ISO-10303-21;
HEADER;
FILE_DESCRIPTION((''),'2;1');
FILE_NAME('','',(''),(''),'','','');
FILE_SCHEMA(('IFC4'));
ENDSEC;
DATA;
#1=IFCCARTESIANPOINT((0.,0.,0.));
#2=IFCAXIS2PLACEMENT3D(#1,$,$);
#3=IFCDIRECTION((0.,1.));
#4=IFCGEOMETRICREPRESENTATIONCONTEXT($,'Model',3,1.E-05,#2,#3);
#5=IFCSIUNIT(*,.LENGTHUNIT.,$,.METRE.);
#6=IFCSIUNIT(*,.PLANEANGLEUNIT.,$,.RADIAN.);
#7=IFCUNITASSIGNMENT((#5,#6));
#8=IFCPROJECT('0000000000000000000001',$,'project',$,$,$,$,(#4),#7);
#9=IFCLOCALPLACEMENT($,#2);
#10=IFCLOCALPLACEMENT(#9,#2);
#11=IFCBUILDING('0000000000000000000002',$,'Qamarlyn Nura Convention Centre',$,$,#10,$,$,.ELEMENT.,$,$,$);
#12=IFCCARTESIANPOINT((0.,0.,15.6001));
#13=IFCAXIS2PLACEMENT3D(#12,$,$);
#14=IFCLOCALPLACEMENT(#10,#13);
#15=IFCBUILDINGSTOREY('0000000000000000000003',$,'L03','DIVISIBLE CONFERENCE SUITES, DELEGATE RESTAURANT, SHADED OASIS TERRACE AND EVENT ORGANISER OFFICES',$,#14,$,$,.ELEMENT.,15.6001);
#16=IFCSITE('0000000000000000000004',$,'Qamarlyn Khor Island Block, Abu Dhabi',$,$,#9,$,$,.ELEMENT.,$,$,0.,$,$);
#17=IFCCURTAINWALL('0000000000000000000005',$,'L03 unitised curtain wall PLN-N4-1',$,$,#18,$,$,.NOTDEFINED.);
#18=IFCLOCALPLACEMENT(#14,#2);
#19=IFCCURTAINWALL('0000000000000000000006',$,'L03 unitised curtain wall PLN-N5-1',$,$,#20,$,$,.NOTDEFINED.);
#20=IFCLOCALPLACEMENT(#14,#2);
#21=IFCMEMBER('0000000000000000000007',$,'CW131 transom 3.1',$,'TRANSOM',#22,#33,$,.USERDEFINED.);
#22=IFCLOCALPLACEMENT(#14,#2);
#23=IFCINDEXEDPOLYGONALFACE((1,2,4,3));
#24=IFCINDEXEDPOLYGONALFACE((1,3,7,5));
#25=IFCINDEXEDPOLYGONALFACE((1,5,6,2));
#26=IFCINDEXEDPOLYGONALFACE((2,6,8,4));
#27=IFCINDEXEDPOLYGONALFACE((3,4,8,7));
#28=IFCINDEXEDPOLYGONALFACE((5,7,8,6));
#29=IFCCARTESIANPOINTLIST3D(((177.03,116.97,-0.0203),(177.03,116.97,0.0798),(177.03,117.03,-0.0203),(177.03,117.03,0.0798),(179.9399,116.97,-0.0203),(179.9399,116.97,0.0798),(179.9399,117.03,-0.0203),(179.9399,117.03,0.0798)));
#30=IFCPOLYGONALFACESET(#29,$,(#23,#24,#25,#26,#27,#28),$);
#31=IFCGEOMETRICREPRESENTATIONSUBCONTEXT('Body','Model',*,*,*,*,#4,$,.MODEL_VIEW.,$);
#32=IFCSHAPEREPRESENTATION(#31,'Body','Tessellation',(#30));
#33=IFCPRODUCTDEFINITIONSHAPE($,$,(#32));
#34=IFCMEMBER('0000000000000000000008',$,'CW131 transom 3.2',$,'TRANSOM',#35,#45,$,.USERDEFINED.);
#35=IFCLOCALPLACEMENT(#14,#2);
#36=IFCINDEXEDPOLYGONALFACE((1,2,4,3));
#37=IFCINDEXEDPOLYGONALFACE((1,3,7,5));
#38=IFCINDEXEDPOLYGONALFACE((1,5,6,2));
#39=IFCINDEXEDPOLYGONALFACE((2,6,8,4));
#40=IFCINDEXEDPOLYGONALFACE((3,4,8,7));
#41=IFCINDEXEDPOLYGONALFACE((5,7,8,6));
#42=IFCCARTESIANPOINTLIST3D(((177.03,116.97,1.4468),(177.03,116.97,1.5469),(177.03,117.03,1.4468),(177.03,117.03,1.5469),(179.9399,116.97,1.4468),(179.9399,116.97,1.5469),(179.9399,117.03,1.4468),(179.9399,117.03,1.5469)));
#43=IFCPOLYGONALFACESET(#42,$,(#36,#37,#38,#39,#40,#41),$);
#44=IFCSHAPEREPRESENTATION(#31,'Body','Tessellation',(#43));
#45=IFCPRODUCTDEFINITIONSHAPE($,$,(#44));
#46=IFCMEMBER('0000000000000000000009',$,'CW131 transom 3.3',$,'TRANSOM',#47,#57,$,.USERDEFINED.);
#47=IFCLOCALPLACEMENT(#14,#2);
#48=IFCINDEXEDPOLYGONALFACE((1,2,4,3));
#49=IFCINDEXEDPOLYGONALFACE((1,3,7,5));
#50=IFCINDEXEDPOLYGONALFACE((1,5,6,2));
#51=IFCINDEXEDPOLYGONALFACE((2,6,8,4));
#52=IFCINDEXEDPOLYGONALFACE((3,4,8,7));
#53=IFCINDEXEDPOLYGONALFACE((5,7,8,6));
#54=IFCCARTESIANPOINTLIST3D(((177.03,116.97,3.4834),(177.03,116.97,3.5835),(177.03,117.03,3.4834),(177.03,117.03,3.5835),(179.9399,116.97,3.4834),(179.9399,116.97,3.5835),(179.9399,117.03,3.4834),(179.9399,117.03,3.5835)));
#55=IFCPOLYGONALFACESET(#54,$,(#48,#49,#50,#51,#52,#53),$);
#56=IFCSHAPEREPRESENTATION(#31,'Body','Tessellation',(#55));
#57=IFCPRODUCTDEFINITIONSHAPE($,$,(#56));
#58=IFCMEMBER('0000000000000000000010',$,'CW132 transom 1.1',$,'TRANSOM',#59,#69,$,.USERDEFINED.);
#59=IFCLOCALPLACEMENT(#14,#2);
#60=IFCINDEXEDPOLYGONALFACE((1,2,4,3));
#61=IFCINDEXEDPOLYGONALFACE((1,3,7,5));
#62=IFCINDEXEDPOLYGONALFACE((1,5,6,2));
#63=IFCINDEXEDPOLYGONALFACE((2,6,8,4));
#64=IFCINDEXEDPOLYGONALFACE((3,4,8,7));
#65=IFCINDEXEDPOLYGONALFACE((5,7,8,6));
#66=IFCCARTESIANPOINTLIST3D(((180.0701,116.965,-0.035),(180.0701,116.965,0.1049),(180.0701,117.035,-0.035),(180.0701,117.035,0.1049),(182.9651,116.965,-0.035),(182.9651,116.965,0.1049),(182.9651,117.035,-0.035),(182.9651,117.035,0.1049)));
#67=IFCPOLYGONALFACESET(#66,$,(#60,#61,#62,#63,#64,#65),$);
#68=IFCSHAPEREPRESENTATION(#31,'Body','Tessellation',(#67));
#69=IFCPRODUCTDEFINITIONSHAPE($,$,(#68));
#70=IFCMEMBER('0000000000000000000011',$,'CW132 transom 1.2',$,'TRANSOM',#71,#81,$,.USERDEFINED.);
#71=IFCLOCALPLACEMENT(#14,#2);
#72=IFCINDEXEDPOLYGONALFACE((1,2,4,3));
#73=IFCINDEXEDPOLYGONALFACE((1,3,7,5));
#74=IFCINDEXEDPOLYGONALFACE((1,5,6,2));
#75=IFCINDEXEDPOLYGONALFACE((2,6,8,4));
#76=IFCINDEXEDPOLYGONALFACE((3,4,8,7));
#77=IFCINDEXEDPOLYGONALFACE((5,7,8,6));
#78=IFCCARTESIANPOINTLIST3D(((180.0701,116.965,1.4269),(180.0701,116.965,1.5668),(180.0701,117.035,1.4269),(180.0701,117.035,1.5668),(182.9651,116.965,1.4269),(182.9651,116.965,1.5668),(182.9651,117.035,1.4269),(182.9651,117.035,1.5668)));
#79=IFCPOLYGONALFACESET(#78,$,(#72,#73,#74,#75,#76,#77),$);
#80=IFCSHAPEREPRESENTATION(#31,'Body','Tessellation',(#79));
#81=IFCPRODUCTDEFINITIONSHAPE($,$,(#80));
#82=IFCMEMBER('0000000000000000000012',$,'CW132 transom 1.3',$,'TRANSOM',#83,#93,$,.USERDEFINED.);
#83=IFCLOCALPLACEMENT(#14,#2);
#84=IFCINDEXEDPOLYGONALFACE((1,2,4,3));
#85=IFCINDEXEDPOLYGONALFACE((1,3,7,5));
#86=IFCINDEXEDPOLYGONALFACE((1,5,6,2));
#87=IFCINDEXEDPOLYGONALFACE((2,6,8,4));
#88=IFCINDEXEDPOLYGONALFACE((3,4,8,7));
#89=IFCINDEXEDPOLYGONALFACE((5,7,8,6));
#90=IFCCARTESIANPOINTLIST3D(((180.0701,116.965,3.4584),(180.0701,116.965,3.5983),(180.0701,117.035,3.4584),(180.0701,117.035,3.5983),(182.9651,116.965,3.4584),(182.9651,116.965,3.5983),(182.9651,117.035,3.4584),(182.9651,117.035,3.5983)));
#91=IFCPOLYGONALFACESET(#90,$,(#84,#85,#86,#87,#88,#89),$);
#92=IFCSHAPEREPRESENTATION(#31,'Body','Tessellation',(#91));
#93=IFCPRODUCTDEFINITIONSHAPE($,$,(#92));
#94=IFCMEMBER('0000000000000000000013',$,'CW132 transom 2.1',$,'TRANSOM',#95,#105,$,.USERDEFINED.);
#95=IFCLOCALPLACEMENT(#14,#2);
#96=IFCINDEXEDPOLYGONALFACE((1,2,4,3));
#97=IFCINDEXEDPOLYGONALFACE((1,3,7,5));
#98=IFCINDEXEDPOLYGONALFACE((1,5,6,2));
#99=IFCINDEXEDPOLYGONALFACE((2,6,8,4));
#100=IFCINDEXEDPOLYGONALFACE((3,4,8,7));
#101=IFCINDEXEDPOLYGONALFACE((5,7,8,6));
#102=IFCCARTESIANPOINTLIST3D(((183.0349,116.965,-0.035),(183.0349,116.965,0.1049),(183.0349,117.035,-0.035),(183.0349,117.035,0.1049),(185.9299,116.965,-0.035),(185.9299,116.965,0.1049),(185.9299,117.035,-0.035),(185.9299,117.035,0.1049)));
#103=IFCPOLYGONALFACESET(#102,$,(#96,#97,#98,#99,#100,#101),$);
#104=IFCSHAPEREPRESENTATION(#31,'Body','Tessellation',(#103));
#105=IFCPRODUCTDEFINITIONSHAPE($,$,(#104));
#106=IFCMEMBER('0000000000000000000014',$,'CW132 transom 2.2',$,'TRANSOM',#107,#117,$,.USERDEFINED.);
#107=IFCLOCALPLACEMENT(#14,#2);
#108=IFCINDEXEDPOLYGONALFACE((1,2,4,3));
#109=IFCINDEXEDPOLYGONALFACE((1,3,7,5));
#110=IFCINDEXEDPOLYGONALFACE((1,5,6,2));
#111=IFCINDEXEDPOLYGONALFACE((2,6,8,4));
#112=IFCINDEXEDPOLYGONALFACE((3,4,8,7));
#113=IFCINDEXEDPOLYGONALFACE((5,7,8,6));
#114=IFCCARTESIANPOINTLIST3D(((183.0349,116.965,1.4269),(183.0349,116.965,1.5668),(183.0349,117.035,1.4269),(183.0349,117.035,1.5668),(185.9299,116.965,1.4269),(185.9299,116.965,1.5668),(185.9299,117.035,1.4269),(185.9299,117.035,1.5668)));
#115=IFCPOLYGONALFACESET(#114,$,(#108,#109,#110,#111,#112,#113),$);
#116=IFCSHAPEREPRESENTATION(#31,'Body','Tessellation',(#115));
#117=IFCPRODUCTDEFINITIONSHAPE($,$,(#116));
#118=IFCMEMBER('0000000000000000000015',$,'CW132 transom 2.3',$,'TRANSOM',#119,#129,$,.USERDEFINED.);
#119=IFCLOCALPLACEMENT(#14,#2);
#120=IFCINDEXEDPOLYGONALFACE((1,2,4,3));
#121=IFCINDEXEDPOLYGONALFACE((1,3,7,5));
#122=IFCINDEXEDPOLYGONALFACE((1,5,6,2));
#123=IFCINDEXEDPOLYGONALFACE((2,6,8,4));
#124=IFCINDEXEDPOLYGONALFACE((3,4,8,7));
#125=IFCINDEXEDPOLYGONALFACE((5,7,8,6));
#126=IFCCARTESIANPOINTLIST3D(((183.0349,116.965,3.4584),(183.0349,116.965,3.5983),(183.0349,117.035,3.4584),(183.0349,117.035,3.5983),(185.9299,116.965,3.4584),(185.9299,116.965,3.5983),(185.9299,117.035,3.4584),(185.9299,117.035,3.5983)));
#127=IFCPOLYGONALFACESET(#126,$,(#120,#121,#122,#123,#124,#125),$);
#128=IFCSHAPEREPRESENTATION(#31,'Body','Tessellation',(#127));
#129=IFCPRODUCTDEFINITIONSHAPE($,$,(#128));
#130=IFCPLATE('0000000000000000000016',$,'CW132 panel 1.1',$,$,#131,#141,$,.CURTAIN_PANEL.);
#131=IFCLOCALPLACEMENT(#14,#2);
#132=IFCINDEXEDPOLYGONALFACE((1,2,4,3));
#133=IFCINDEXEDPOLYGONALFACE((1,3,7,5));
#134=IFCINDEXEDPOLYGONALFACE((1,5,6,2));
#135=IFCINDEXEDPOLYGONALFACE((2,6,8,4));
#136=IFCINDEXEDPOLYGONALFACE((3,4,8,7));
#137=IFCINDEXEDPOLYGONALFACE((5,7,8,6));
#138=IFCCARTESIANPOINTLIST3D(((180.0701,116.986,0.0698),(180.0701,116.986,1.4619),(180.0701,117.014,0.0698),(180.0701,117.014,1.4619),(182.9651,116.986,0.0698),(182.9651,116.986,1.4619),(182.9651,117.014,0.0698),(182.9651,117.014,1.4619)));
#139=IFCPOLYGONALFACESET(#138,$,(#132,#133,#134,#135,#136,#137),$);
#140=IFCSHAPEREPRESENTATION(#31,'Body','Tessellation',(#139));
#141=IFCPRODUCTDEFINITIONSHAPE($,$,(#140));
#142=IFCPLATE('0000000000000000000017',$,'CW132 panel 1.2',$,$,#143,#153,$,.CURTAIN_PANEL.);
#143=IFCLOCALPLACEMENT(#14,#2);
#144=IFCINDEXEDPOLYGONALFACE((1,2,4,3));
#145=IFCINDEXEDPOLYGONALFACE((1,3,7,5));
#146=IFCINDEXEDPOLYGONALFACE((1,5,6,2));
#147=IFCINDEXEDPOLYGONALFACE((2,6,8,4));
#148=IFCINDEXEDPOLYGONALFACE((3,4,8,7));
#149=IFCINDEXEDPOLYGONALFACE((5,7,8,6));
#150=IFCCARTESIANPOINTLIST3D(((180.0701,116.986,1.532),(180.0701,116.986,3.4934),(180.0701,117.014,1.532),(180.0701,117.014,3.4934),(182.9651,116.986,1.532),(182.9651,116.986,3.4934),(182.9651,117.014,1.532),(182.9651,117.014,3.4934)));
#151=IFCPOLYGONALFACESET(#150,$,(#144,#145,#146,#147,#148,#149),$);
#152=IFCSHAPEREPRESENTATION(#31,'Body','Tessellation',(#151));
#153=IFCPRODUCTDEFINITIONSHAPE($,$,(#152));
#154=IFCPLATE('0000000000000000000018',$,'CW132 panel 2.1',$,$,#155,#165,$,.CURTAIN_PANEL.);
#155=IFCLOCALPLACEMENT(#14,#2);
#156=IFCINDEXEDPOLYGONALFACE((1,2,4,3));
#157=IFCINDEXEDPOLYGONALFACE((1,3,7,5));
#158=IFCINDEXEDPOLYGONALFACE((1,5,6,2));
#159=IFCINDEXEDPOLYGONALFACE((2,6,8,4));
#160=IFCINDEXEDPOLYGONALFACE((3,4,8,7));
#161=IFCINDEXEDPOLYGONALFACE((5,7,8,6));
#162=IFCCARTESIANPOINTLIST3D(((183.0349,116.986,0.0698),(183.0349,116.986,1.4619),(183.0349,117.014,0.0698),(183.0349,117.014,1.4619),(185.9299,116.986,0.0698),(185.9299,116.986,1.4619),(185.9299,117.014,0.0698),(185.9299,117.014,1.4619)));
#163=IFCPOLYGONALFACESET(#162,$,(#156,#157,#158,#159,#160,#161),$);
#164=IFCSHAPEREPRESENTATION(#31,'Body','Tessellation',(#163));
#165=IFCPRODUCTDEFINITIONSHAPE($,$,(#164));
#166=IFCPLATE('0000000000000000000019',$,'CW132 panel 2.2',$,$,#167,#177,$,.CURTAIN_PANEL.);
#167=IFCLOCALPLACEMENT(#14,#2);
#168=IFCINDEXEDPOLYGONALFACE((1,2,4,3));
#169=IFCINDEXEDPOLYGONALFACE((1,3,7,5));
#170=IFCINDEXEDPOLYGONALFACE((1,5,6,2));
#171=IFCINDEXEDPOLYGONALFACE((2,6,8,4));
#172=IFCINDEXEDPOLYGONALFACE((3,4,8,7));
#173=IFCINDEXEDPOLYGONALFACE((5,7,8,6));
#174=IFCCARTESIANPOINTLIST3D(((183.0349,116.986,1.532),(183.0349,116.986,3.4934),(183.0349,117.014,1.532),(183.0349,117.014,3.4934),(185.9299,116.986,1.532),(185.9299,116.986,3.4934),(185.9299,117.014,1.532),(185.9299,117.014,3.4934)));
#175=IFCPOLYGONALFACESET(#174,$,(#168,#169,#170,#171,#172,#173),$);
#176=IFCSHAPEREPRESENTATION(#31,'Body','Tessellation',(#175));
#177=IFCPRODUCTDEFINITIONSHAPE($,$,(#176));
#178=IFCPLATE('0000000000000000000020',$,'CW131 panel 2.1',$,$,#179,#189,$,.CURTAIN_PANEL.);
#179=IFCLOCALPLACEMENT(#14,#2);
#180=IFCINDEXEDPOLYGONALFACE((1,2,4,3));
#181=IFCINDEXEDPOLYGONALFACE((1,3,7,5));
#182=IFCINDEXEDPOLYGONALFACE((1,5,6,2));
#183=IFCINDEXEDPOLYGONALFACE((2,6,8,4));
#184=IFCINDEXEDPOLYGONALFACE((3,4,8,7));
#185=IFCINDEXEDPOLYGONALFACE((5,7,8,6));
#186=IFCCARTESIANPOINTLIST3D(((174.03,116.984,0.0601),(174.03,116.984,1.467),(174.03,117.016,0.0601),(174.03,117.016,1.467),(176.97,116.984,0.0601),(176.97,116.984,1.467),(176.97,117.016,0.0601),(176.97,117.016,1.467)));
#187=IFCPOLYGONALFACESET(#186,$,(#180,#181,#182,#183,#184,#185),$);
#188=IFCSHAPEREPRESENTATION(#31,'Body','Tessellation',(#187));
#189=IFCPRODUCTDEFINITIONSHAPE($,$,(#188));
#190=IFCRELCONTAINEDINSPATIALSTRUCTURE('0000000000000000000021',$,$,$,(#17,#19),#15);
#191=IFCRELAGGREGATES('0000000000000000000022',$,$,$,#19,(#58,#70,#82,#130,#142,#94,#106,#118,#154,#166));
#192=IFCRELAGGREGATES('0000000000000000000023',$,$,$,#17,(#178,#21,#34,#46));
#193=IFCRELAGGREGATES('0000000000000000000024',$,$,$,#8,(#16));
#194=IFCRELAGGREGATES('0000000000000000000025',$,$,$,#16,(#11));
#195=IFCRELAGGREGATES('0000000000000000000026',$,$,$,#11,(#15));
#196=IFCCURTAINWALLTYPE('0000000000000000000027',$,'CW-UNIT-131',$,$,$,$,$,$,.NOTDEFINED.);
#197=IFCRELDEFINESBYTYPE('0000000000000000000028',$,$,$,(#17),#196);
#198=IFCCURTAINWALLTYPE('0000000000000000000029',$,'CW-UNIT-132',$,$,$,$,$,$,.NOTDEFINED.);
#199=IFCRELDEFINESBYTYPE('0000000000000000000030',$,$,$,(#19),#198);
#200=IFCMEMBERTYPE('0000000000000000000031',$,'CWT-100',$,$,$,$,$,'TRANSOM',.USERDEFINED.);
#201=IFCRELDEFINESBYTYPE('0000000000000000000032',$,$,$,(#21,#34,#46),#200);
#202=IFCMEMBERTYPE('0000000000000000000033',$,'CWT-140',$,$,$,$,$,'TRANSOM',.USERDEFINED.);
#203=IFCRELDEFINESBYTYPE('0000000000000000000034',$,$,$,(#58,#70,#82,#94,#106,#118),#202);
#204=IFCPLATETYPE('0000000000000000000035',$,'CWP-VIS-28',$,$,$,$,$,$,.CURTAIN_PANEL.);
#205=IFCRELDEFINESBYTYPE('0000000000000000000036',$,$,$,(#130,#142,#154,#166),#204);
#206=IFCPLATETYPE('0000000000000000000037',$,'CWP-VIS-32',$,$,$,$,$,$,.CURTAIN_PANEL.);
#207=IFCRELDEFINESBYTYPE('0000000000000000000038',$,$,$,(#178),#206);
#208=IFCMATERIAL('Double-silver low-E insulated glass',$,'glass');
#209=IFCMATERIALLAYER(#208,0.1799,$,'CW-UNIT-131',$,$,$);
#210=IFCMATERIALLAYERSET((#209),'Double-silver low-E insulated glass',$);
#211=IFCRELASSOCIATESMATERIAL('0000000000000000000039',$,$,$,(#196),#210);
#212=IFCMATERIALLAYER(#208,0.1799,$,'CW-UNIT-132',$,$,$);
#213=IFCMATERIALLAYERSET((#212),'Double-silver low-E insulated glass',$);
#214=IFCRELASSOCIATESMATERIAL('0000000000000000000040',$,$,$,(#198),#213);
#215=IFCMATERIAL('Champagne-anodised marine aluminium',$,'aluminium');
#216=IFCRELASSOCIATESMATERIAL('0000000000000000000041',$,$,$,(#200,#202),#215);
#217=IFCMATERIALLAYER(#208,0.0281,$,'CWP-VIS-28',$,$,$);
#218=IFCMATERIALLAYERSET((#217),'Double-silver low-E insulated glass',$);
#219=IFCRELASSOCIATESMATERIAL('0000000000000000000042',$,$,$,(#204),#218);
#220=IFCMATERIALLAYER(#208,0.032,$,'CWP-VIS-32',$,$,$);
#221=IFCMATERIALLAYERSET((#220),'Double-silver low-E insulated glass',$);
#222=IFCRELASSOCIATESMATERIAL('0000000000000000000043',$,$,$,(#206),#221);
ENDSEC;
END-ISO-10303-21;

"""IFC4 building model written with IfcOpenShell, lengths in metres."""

from ifc_helpers import new_model, si_unit, direction, frame, origin, origin_2d, place, context, subcontext, project, spatial, rectangle, extrude, material, layer, layer_set, material_profile, profile_set, type_object, element, aggregate, save


model = new_model("IFC4")

# Units and contexts
model_context = context("Model", 3, precision=1e-05, world=origin(), true_north=direction((0.0, 1.0)))
body_context = subcontext(model_context, "Body", "Model", "MODEL_VIEW")
ifc_project = project(units=[si_unit("LENGTHUNIT", "METRE"), si_unit("PLANEANGLEUNIT", "RADIAN")], contexts=[model_context])

# Site, building, storey
site_placement = place(None, origin())
site = spatial("IfcSite", under=ifc_project, at=site_placement, Name="Qamarlyn Khor Island Block, Abu Dhabi", CompositionType="ELEMENT", RefElevation=0.0)
building_placement = place(site_placement, origin())
building = spatial("IfcBuilding", under=site, at=building_placement, Name="Qamarlyn Nura Convention Centre", CompositionType="ELEMENT")
storey_placement = place(building_placement, frame((0.0, 0.0, 15.6001)))
storey = spatial("IfcBuildingStorey", under=building, at=storey_placement, Name="L03", Description="DIVISIBLE CONFERENCE SUITES, DELEGATE RESTAURANT, SHADED OASIS TERRACE AND EVENT ORGANISER OFFICES", CompositionType="ELEMENT", Elevation=15.6001)

# Curtain walls
ifc_material_1 = material(Name="Double-silver low-E insulated glass", Category="glass")
ifc_layer_1 = layer(ifc_material_1, 0.1799, Name="CW-UNIT-131")
ifc_layer_set_1 = layer_set([ifc_layer_1], Name="Double-silver low-E insulated glass")
curtain_wall_type_1 = type_object("IfcCurtainWallType", Name="CW-UNIT-131", PredefinedType="NOTDEFINED", material=ifc_layer_set_1)
curtain_wall_1_placement = place(storey_placement, origin())
curtain_wall_1 = element("IfcCurtainWall", 1, at=curtain_wall_1_placement, inside=storey, type_object=curtain_wall_type_1, Name="L03 unitised curtain wall PLN-N4-1", PredefinedType="NOTDEFINED")
ifc_material_2 = material(Name="Champagne-anodised marine aluminium", Category="aluminium")
ifc_layer_2 = layer(ifc_material_1, 0.1799, Name="CW-UNIT-132")
ifc_layer_set_2 = layer_set([ifc_layer_2], Name="Double-silver low-E insulated glass")
curtain_wall_type_2 = type_object("IfcCurtainWallType", Name="CW-UNIT-132", PredefinedType="NOTDEFINED", material=ifc_layer_set_2)
curtain_wall_2_placement = place(storey_placement, origin())
curtain_wall_2 = element("IfcCurtainWall", 2, at=curtain_wall_2_placement, inside=storey, type_object=curtain_wall_type_2, Name="L03 unitised curtain wall PLN-N5-1", PredefinedType="NOTDEFINED")

# Members
ifc_material_profile_1 = material_profile(ifc_material_2, rectangle(XDim=0.0601, YDim=0.1001, at=origin_2d()), Name="ALU TRANSOM 60x100")
ifc_profile_set_1 = profile_set([ifc_material_profile_1], Name="Champagne-anodised marine aluminium")
member_type_1 = type_object("IfcMemberType", Name="CWT-100", ElementType="TRANSOM", PredefinedType="USERDEFINED", material=ifc_profile_set_1)
member_1_placement = place(storey_placement, frame((177.03, 117.0, 0.0298), z_axis=(1.0, 0.0, 0.0), x_axis=(0.0, 1.0, 0.0)))
member_1 = element("IfcMember", 3, at=member_1_placement, type_object=member_type_1, Name="CW131 transom 3.1", ObjectType="TRANSOM", PredefinedType="USERDEFINED", context=body_context, shape_type="SweptSolid", body=[
    extrude(rectangle(XDim=0.0601, YDim=0.1001, at=origin_2d()), origin(), (0.0, 0.0, 1.0), 2.9099),
])
member_2_placement = place(storey_placement, frame((177.03, 117.0, 1.4968), z_axis=(1.0, 0.0, 0.0), x_axis=(0.0, 1.0, 0.0)))
member_2 = element("IfcMember", 4, at=member_2_placement, type_object=member_type_1, Name="CW131 transom 3.2", ObjectType="TRANSOM", PredefinedType="USERDEFINED", context=body_context, shape_type="SweptSolid", body=[
    extrude(rectangle(XDim=0.0601, YDim=0.1001, at=origin_2d()), origin(), (0.0, 0.0, 1.0), 2.9099),
])
member_3_placement = place(storey_placement, frame((177.03, 117.0, 3.5334), z_axis=(1.0, 0.0, 0.0), x_axis=(0.0, 1.0, 0.0)))
member_3 = element("IfcMember", 5, at=member_3_placement, type_object=member_type_1, Name="CW131 transom 3.3", ObjectType="TRANSOM", PredefinedType="USERDEFINED", context=body_context, shape_type="SweptSolid", body=[
    extrude(rectangle(XDim=0.0601, YDim=0.1001, at=origin_2d()), origin(), (0.0, 0.0, 1.0), 2.9099),
])
ifc_material_profile_2 = material_profile(ifc_material_2, rectangle(XDim=0.0701, YDim=0.1399, at=origin_2d()), Name="ALU TRANSOM 70x140")
ifc_profile_set_2 = profile_set([ifc_material_profile_2], Name="Champagne-anodised marine aluminium")
member_type_2 = type_object("IfcMemberType", Name="CWT-140", ElementType="TRANSOM", PredefinedType="USERDEFINED", material=ifc_profile_set_2)
member_4_placement = place(storey_placement, frame((180.0701, 117.0, 0.0349), z_axis=(1.0, 0.0, 0.0), x_axis=(0.0, 1.0, 0.0)))
member_4 = element("IfcMember", 6, at=member_4_placement, type_object=member_type_2, Name="CW132 transom 1.1", ObjectType="TRANSOM", PredefinedType="USERDEFINED", context=body_context, shape_type="SweptSolid", body=[
    extrude(rectangle(XDim=0.0701, YDim=0.1399, at=origin_2d()), origin(), (0.0, 0.0, 1.0), 2.895),
])
member_5_placement = place(storey_placement, frame((180.0701, 117.0, 1.4968), z_axis=(1.0, 0.0, 0.0), x_axis=(0.0, 1.0, 0.0)))
member_5 = element("IfcMember", 7, at=member_5_placement, type_object=member_type_2, Name="CW132 transom 1.2", ObjectType="TRANSOM", PredefinedType="USERDEFINED", context=body_context, shape_type="SweptSolid", body=[
    extrude(rectangle(XDim=0.0701, YDim=0.1399, at=origin_2d()), origin(), (0.0, 0.0, 1.0), 2.895),
])
member_6_placement = place(storey_placement, frame((180.0701, 117.0, 3.5283), z_axis=(1.0, 0.0, 0.0), x_axis=(0.0, 1.0, 0.0)))
member_6 = element("IfcMember", 8, at=member_6_placement, type_object=member_type_2, Name="CW132 transom 1.3", ObjectType="TRANSOM", PredefinedType="USERDEFINED", context=body_context, shape_type="SweptSolid", body=[
    extrude(rectangle(XDim=0.0701, YDim=0.1399, at=origin_2d()), origin(), (0.0, 0.0, 1.0), 2.895),
])
member_7_placement = place(storey_placement, frame((183.0349, 117.0, 0.0349), z_axis=(1.0, 0.0, 0.0), x_axis=(0.0, 1.0, 0.0)))
member_7 = element("IfcMember", 9, at=member_7_placement, type_object=member_type_2, Name="CW132 transom 2.1", ObjectType="TRANSOM", PredefinedType="USERDEFINED", context=body_context, shape_type="SweptSolid", body=[
    extrude(rectangle(XDim=0.0701, YDim=0.1399, at=origin_2d()), origin(), (0.0, 0.0, 1.0), 2.895),
])
member_8_placement = place(storey_placement, frame((183.0349, 117.0, 1.4968), z_axis=(1.0, 0.0, 0.0), x_axis=(0.0, 1.0, 0.0)))
member_8 = element("IfcMember", 10, at=member_8_placement, type_object=member_type_2, Name="CW132 transom 2.2", ObjectType="TRANSOM", PredefinedType="USERDEFINED", context=body_context, shape_type="SweptSolid", body=[
    extrude(rectangle(XDim=0.0701, YDim=0.1399, at=origin_2d()), origin(), (0.0, 0.0, 1.0), 2.895),
])
member_9_placement = place(storey_placement, frame((183.0349, 117.0, 3.5283), z_axis=(1.0, 0.0, 0.0), x_axis=(0.0, 1.0, 0.0)))
member_9 = element("IfcMember", 11, at=member_9_placement, type_object=member_type_2, Name="CW132 transom 2.3", ObjectType="TRANSOM", PredefinedType="USERDEFINED", context=body_context, shape_type="SweptSolid", body=[
    extrude(rectangle(XDim=0.0701, YDim=0.1399, at=origin_2d()), origin(), (0.0, 0.0, 1.0), 2.895),
])

# Plates
ifc_layer_3 = layer(ifc_material_1, 0.0281, Name="CWP-VIS-28")
ifc_layer_set_3 = layer_set([ifc_layer_3], Name="Double-silver low-E insulated glass")
plate_type_1 = type_object("IfcPlateType", Name="CWP-VIS-28", PredefinedType="CURTAIN_PANEL", material=ifc_layer_set_3)
plate_1_placement = place(storey_placement, frame((181.5176, 117.0, 0.0698), z_axis=(0.0, 0.0, 1.0), x_axis=(1.0, 0.0, 0.0)))
plate_1 = element("IfcPlate", 12, at=plate_1_placement, type_object=plate_type_1, Name="CW132 panel 1.1", PredefinedType="CURTAIN_PANEL", context=body_context, shape_type="SweptSolid", body=[
    extrude(rectangle(XDim=2.895, YDim=0.0281, at=origin_2d()), origin(), (0.0, 0.0, 1.0), 1.3921),
])
plate_2_placement = place(storey_placement, frame((181.5176, 117.0, 1.532), z_axis=(0.0, 0.0, 1.0), x_axis=(1.0, 0.0, 0.0)))
plate_2 = element("IfcPlate", 13, at=plate_2_placement, type_object=plate_type_1, Name="CW132 panel 1.2", PredefinedType="CURTAIN_PANEL", context=body_context, shape_type="SweptSolid", body=[
    extrude(rectangle(XDim=2.895, YDim=0.0281, at=origin_2d()), origin(), (0.0, 0.0, 1.0), 1.9614),
])
plate_3_placement = place(storey_placement, frame((184.4824, 117.0, 0.0698), z_axis=(0.0, 0.0, 1.0), x_axis=(1.0, 0.0, 0.0)))
plate_3 = element("IfcPlate", 14, at=plate_3_placement, type_object=plate_type_1, Name="CW132 panel 2.1", PredefinedType="CURTAIN_PANEL", context=body_context, shape_type="SweptSolid", body=[
    extrude(rectangle(XDim=2.895, YDim=0.0281, at=origin_2d()), origin(), (0.0, 0.0, 1.0), 1.3921),
])
plate_4_placement = place(storey_placement, frame((184.4824, 117.0, 1.532), z_axis=(0.0, 0.0, 1.0), x_axis=(1.0, 0.0, 0.0)))
plate_4 = element("IfcPlate", 15, at=plate_4_placement, type_object=plate_type_1, Name="CW132 panel 2.2", PredefinedType="CURTAIN_PANEL", context=body_context, shape_type="SweptSolid", body=[
    extrude(rectangle(XDim=2.895, YDim=0.0281, at=origin_2d()), origin(), (0.0, 0.0, 1.0), 1.9614),
])
aggregate(curtain_wall_2, [member_4, member_5, member_6, plate_1, plate_2, member_7, member_8, member_9, plate_3, plate_4])
ifc_layer_4 = layer(ifc_material_1, 0.032, Name="CWP-VIS-32")
ifc_layer_set_4 = layer_set([ifc_layer_4], Name="Double-silver low-E insulated glass")
plate_type_2 = type_object("IfcPlateType", Name="CWP-VIS-32", PredefinedType="CURTAIN_PANEL", material=ifc_layer_set_4)
plate_5_placement = place(storey_placement, frame((175.5, 117.0, 0.0601), z_axis=(0.0, 0.0, 1.0), x_axis=(1.0, 0.0, 0.0)))
plate_5 = element("IfcPlate", 16, at=plate_5_placement, type_object=plate_type_2, Name="CW131 panel 2.1", PredefinedType="CURTAIN_PANEL", context=body_context, shape_type="SweptSolid", body=[
    extrude(rectangle(XDim=2.9399, YDim=0.032, at=origin_2d()), origin(), (0.0, 0.0, 1.0), 1.407),
])
aggregate(curtain_wall_1, [plate_5, member_1, member_2, member_3])

save(model, "model.ifc")
